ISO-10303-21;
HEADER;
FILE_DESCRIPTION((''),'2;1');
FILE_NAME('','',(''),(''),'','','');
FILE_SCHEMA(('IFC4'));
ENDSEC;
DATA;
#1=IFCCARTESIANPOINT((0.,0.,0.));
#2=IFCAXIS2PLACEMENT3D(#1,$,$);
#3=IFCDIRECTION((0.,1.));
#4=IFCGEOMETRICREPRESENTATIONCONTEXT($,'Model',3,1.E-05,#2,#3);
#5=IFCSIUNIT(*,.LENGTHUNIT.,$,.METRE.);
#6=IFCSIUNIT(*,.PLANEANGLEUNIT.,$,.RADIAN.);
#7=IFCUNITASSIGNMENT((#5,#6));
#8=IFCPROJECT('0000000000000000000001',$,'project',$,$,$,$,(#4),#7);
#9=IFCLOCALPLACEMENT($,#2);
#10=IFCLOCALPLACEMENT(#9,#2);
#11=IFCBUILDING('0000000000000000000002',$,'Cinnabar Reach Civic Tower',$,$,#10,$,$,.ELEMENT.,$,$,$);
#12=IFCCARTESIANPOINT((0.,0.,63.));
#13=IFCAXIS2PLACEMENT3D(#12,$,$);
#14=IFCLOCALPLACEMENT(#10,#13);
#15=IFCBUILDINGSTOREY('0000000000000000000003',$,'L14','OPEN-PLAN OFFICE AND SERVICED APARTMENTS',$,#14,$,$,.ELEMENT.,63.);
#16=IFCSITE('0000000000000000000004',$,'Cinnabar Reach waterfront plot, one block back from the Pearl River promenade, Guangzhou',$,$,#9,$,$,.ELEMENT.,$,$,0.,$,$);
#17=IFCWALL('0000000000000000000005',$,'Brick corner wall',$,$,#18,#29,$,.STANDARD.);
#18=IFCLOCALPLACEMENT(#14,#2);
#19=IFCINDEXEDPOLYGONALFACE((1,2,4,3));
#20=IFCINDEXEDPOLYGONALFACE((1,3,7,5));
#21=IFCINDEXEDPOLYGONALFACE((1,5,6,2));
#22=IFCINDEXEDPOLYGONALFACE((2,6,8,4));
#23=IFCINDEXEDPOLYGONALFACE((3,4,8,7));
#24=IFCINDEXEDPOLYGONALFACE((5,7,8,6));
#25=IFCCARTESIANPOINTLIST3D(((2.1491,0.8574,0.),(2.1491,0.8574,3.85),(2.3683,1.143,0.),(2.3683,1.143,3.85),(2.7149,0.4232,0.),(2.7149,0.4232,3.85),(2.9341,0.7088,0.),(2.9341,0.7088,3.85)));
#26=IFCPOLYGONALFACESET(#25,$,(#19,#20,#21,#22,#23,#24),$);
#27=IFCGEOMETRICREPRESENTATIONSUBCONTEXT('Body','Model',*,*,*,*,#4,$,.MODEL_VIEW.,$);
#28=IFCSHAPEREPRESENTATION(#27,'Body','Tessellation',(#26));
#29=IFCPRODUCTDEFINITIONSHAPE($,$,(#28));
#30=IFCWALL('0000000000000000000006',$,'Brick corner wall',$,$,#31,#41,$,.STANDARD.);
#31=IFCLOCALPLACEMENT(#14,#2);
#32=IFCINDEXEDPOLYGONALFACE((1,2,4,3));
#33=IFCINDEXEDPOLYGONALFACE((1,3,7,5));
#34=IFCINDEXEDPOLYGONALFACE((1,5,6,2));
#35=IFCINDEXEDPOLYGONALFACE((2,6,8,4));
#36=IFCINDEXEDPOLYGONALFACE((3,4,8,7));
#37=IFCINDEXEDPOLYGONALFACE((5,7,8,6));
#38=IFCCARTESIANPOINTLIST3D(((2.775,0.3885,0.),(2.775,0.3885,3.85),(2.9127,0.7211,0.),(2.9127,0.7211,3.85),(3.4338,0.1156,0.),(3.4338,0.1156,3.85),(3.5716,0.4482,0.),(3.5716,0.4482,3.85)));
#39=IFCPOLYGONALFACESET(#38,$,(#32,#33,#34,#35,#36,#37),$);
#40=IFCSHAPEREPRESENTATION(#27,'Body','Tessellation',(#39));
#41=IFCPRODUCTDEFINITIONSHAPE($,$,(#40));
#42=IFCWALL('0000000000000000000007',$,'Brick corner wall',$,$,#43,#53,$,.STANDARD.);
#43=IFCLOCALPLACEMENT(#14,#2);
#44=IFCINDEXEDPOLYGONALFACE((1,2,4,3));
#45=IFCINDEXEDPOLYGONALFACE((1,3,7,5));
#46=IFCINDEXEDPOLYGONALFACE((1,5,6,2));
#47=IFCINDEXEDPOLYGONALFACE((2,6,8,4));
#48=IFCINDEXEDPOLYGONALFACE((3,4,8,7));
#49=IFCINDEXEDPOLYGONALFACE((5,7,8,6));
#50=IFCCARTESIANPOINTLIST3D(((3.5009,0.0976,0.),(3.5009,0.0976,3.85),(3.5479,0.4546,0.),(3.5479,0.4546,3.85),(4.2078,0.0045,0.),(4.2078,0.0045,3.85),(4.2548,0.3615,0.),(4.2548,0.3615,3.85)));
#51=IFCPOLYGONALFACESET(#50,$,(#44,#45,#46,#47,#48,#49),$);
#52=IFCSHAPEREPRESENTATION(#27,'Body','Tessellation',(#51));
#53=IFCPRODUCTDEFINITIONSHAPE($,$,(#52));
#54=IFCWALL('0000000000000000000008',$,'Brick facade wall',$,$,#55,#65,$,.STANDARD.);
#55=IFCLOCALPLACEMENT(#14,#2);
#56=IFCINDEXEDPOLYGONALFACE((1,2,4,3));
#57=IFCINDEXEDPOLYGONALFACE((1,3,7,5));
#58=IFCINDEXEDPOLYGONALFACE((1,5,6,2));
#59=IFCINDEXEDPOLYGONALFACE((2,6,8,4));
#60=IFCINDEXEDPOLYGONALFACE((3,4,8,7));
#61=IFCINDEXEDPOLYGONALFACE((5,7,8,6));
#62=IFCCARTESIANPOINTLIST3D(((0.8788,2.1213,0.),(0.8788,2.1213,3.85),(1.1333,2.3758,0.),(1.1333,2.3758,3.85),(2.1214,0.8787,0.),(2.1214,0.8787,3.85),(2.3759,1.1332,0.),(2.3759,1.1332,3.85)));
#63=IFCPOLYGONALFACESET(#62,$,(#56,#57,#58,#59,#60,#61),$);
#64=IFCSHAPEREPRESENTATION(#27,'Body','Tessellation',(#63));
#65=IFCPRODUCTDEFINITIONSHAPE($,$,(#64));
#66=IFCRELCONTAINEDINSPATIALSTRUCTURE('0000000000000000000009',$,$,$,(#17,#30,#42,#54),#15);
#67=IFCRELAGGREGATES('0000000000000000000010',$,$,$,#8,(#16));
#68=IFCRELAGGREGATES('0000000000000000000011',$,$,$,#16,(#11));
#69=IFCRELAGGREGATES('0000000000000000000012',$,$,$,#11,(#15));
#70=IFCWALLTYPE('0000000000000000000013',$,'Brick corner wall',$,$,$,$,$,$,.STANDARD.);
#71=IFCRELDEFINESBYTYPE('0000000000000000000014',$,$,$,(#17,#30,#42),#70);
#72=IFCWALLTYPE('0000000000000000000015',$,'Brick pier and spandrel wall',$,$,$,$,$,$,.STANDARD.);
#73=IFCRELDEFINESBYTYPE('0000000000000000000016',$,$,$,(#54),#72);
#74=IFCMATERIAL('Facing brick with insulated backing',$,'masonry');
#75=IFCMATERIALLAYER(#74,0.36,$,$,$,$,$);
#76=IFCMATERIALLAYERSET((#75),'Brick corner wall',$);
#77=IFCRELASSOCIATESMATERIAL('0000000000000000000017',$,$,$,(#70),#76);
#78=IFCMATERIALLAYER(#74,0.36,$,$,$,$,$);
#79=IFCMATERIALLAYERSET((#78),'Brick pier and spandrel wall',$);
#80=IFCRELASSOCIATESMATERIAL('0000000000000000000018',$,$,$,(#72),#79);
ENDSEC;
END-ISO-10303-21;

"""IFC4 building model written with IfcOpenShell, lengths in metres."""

from ifc_helpers import new_model, si_unit, direction, frame, frame_2d, origin, place, context, subcontext, project, spatial, rectangle, extrude, material, layer, layer_set, type_object, element, save


model = new_model("IFC4")

# Units and contexts
model_context = context("Model", 3, precision=1e-05, world=origin(), true_north=direction((0.0, 1.0)))
body_context = subcontext(model_context, "Body", "Model", "MODEL_VIEW")
ifc_project = project(units=[si_unit("LENGTHUNIT", "METRE"), si_unit("PLANEANGLEUNIT", "RADIAN")], contexts=[model_context])

# Site, building, storey
site_placement = place(None, origin())
site = spatial("IfcSite", under=ifc_project, at=site_placement, Name="Cinnabar Reach waterfront plot, one block back from the Pearl River promenade, Guangzhou", CompositionType="ELEMENT", RefElevation=0.0)
building_placement = place(site_placement, origin())
building = spatial("IfcBuilding", under=site, at=building_placement, Name="Cinnabar Reach Civic Tower", CompositionType="ELEMENT")
storey_placement = place(building_placement, frame((0.0, 0.0, 63.0)))
storey = spatial("IfcBuildingStorey", under=building, at=storey_placement, Name="L14", Description="OPEN-PLAN OFFICE AND SERVICED APARTMENTS", CompositionType="ELEMENT", Elevation=63.0)

# Walls
ifc_material_1 = material(Name="Facing brick with insulated backing", Category="masonry")
ifc_layer_1 = layer(ifc_material_1, 0.36)
ifc_layer_set_1 = layer_set([ifc_layer_1], Name="Brick corner wall")
wall_type_1 = type_object("IfcWallType", Name="Brick corner wall", PredefinedType="STANDARD", material=ifc_layer_set_1)
wall_1_placement = place(storey_placement, frame((2.2587, 1.0002, 0.0), z_axis=(0.0, 0.0, 1.0), x_axis=(0.793322, -0.608802, 0.0)))
element("IfcWall", 1, at=wall_1_placement, inside=storey, type_object=wall_type_1, Name="Brick corner wall", PredefinedType="STANDARD", context=body_context, shape_type="SweptSolid", body=[
    extrude(rectangle(XDim=0.7132, YDim=0.36, at=frame_2d((0.3566, 0.0))), origin(), (0.0, 0.0, 1.0), 3.85),
])
for number, where, z_axis, x_axis, name in (
    (2, (2.8439, 0.5548, 0.0), (0.0, 0.0, 1.0), (0.923872, -0.382703, 0.0), "Brick corner wall"),
    (3, (3.5244, 0.2761, 0.0), (0.0, 0.0, 1.0), (0.991441, -0.130556, 0.0), "Brick corner wall"),
):
    element("IfcWall", number, at=place(storey_placement, frame(where, z_axis=z_axis, x_axis=x_axis)), inside=storey, type_object=wall_type_1, Name=name, PredefinedType="STANDARD", context=body_context, shape_type="SweptSolid", body=[
        extrude(rectangle(XDim=0.7131, YDim=0.36, at=frame_2d((0.3565, 0.0))), origin(), (0.0, 0.0, 1.0), 3.85),
    ])

# Shared definitions
ifc_layer_2 = layer(ifc_material_1, 0.36)
ifc_layer_set_2 = layer_set([ifc_layer_2], Name="Brick pier and spandrel wall")
wall_type_2 = type_object("IfcWallType", Name="Brick pier and spandrel wall", PredefinedType="STANDARD", material=ifc_layer_set_2)

# Wall
wall_2_placement = place(storey_placement, frame((1.006, 2.2486, 0.0), z_axis=(0.0, 0.0, 1.0), x_axis=(0.707107, -0.707107, 0.0)))
element("IfcWall", 4, at=wall_2_placement, inside=storey, type_object=wall_type_2, Name="Brick facade wall", PredefinedType="STANDARD", context=body_context, shape_type="SweptSolid", body=[
    extrude(rectangle(XDim=1.7573, YDim=0.36, at=frame_2d((0.8787, 0.0))), origin(), (0.0, 0.0, 1.0), 3.85),
])

save(model, "model.ifc")
